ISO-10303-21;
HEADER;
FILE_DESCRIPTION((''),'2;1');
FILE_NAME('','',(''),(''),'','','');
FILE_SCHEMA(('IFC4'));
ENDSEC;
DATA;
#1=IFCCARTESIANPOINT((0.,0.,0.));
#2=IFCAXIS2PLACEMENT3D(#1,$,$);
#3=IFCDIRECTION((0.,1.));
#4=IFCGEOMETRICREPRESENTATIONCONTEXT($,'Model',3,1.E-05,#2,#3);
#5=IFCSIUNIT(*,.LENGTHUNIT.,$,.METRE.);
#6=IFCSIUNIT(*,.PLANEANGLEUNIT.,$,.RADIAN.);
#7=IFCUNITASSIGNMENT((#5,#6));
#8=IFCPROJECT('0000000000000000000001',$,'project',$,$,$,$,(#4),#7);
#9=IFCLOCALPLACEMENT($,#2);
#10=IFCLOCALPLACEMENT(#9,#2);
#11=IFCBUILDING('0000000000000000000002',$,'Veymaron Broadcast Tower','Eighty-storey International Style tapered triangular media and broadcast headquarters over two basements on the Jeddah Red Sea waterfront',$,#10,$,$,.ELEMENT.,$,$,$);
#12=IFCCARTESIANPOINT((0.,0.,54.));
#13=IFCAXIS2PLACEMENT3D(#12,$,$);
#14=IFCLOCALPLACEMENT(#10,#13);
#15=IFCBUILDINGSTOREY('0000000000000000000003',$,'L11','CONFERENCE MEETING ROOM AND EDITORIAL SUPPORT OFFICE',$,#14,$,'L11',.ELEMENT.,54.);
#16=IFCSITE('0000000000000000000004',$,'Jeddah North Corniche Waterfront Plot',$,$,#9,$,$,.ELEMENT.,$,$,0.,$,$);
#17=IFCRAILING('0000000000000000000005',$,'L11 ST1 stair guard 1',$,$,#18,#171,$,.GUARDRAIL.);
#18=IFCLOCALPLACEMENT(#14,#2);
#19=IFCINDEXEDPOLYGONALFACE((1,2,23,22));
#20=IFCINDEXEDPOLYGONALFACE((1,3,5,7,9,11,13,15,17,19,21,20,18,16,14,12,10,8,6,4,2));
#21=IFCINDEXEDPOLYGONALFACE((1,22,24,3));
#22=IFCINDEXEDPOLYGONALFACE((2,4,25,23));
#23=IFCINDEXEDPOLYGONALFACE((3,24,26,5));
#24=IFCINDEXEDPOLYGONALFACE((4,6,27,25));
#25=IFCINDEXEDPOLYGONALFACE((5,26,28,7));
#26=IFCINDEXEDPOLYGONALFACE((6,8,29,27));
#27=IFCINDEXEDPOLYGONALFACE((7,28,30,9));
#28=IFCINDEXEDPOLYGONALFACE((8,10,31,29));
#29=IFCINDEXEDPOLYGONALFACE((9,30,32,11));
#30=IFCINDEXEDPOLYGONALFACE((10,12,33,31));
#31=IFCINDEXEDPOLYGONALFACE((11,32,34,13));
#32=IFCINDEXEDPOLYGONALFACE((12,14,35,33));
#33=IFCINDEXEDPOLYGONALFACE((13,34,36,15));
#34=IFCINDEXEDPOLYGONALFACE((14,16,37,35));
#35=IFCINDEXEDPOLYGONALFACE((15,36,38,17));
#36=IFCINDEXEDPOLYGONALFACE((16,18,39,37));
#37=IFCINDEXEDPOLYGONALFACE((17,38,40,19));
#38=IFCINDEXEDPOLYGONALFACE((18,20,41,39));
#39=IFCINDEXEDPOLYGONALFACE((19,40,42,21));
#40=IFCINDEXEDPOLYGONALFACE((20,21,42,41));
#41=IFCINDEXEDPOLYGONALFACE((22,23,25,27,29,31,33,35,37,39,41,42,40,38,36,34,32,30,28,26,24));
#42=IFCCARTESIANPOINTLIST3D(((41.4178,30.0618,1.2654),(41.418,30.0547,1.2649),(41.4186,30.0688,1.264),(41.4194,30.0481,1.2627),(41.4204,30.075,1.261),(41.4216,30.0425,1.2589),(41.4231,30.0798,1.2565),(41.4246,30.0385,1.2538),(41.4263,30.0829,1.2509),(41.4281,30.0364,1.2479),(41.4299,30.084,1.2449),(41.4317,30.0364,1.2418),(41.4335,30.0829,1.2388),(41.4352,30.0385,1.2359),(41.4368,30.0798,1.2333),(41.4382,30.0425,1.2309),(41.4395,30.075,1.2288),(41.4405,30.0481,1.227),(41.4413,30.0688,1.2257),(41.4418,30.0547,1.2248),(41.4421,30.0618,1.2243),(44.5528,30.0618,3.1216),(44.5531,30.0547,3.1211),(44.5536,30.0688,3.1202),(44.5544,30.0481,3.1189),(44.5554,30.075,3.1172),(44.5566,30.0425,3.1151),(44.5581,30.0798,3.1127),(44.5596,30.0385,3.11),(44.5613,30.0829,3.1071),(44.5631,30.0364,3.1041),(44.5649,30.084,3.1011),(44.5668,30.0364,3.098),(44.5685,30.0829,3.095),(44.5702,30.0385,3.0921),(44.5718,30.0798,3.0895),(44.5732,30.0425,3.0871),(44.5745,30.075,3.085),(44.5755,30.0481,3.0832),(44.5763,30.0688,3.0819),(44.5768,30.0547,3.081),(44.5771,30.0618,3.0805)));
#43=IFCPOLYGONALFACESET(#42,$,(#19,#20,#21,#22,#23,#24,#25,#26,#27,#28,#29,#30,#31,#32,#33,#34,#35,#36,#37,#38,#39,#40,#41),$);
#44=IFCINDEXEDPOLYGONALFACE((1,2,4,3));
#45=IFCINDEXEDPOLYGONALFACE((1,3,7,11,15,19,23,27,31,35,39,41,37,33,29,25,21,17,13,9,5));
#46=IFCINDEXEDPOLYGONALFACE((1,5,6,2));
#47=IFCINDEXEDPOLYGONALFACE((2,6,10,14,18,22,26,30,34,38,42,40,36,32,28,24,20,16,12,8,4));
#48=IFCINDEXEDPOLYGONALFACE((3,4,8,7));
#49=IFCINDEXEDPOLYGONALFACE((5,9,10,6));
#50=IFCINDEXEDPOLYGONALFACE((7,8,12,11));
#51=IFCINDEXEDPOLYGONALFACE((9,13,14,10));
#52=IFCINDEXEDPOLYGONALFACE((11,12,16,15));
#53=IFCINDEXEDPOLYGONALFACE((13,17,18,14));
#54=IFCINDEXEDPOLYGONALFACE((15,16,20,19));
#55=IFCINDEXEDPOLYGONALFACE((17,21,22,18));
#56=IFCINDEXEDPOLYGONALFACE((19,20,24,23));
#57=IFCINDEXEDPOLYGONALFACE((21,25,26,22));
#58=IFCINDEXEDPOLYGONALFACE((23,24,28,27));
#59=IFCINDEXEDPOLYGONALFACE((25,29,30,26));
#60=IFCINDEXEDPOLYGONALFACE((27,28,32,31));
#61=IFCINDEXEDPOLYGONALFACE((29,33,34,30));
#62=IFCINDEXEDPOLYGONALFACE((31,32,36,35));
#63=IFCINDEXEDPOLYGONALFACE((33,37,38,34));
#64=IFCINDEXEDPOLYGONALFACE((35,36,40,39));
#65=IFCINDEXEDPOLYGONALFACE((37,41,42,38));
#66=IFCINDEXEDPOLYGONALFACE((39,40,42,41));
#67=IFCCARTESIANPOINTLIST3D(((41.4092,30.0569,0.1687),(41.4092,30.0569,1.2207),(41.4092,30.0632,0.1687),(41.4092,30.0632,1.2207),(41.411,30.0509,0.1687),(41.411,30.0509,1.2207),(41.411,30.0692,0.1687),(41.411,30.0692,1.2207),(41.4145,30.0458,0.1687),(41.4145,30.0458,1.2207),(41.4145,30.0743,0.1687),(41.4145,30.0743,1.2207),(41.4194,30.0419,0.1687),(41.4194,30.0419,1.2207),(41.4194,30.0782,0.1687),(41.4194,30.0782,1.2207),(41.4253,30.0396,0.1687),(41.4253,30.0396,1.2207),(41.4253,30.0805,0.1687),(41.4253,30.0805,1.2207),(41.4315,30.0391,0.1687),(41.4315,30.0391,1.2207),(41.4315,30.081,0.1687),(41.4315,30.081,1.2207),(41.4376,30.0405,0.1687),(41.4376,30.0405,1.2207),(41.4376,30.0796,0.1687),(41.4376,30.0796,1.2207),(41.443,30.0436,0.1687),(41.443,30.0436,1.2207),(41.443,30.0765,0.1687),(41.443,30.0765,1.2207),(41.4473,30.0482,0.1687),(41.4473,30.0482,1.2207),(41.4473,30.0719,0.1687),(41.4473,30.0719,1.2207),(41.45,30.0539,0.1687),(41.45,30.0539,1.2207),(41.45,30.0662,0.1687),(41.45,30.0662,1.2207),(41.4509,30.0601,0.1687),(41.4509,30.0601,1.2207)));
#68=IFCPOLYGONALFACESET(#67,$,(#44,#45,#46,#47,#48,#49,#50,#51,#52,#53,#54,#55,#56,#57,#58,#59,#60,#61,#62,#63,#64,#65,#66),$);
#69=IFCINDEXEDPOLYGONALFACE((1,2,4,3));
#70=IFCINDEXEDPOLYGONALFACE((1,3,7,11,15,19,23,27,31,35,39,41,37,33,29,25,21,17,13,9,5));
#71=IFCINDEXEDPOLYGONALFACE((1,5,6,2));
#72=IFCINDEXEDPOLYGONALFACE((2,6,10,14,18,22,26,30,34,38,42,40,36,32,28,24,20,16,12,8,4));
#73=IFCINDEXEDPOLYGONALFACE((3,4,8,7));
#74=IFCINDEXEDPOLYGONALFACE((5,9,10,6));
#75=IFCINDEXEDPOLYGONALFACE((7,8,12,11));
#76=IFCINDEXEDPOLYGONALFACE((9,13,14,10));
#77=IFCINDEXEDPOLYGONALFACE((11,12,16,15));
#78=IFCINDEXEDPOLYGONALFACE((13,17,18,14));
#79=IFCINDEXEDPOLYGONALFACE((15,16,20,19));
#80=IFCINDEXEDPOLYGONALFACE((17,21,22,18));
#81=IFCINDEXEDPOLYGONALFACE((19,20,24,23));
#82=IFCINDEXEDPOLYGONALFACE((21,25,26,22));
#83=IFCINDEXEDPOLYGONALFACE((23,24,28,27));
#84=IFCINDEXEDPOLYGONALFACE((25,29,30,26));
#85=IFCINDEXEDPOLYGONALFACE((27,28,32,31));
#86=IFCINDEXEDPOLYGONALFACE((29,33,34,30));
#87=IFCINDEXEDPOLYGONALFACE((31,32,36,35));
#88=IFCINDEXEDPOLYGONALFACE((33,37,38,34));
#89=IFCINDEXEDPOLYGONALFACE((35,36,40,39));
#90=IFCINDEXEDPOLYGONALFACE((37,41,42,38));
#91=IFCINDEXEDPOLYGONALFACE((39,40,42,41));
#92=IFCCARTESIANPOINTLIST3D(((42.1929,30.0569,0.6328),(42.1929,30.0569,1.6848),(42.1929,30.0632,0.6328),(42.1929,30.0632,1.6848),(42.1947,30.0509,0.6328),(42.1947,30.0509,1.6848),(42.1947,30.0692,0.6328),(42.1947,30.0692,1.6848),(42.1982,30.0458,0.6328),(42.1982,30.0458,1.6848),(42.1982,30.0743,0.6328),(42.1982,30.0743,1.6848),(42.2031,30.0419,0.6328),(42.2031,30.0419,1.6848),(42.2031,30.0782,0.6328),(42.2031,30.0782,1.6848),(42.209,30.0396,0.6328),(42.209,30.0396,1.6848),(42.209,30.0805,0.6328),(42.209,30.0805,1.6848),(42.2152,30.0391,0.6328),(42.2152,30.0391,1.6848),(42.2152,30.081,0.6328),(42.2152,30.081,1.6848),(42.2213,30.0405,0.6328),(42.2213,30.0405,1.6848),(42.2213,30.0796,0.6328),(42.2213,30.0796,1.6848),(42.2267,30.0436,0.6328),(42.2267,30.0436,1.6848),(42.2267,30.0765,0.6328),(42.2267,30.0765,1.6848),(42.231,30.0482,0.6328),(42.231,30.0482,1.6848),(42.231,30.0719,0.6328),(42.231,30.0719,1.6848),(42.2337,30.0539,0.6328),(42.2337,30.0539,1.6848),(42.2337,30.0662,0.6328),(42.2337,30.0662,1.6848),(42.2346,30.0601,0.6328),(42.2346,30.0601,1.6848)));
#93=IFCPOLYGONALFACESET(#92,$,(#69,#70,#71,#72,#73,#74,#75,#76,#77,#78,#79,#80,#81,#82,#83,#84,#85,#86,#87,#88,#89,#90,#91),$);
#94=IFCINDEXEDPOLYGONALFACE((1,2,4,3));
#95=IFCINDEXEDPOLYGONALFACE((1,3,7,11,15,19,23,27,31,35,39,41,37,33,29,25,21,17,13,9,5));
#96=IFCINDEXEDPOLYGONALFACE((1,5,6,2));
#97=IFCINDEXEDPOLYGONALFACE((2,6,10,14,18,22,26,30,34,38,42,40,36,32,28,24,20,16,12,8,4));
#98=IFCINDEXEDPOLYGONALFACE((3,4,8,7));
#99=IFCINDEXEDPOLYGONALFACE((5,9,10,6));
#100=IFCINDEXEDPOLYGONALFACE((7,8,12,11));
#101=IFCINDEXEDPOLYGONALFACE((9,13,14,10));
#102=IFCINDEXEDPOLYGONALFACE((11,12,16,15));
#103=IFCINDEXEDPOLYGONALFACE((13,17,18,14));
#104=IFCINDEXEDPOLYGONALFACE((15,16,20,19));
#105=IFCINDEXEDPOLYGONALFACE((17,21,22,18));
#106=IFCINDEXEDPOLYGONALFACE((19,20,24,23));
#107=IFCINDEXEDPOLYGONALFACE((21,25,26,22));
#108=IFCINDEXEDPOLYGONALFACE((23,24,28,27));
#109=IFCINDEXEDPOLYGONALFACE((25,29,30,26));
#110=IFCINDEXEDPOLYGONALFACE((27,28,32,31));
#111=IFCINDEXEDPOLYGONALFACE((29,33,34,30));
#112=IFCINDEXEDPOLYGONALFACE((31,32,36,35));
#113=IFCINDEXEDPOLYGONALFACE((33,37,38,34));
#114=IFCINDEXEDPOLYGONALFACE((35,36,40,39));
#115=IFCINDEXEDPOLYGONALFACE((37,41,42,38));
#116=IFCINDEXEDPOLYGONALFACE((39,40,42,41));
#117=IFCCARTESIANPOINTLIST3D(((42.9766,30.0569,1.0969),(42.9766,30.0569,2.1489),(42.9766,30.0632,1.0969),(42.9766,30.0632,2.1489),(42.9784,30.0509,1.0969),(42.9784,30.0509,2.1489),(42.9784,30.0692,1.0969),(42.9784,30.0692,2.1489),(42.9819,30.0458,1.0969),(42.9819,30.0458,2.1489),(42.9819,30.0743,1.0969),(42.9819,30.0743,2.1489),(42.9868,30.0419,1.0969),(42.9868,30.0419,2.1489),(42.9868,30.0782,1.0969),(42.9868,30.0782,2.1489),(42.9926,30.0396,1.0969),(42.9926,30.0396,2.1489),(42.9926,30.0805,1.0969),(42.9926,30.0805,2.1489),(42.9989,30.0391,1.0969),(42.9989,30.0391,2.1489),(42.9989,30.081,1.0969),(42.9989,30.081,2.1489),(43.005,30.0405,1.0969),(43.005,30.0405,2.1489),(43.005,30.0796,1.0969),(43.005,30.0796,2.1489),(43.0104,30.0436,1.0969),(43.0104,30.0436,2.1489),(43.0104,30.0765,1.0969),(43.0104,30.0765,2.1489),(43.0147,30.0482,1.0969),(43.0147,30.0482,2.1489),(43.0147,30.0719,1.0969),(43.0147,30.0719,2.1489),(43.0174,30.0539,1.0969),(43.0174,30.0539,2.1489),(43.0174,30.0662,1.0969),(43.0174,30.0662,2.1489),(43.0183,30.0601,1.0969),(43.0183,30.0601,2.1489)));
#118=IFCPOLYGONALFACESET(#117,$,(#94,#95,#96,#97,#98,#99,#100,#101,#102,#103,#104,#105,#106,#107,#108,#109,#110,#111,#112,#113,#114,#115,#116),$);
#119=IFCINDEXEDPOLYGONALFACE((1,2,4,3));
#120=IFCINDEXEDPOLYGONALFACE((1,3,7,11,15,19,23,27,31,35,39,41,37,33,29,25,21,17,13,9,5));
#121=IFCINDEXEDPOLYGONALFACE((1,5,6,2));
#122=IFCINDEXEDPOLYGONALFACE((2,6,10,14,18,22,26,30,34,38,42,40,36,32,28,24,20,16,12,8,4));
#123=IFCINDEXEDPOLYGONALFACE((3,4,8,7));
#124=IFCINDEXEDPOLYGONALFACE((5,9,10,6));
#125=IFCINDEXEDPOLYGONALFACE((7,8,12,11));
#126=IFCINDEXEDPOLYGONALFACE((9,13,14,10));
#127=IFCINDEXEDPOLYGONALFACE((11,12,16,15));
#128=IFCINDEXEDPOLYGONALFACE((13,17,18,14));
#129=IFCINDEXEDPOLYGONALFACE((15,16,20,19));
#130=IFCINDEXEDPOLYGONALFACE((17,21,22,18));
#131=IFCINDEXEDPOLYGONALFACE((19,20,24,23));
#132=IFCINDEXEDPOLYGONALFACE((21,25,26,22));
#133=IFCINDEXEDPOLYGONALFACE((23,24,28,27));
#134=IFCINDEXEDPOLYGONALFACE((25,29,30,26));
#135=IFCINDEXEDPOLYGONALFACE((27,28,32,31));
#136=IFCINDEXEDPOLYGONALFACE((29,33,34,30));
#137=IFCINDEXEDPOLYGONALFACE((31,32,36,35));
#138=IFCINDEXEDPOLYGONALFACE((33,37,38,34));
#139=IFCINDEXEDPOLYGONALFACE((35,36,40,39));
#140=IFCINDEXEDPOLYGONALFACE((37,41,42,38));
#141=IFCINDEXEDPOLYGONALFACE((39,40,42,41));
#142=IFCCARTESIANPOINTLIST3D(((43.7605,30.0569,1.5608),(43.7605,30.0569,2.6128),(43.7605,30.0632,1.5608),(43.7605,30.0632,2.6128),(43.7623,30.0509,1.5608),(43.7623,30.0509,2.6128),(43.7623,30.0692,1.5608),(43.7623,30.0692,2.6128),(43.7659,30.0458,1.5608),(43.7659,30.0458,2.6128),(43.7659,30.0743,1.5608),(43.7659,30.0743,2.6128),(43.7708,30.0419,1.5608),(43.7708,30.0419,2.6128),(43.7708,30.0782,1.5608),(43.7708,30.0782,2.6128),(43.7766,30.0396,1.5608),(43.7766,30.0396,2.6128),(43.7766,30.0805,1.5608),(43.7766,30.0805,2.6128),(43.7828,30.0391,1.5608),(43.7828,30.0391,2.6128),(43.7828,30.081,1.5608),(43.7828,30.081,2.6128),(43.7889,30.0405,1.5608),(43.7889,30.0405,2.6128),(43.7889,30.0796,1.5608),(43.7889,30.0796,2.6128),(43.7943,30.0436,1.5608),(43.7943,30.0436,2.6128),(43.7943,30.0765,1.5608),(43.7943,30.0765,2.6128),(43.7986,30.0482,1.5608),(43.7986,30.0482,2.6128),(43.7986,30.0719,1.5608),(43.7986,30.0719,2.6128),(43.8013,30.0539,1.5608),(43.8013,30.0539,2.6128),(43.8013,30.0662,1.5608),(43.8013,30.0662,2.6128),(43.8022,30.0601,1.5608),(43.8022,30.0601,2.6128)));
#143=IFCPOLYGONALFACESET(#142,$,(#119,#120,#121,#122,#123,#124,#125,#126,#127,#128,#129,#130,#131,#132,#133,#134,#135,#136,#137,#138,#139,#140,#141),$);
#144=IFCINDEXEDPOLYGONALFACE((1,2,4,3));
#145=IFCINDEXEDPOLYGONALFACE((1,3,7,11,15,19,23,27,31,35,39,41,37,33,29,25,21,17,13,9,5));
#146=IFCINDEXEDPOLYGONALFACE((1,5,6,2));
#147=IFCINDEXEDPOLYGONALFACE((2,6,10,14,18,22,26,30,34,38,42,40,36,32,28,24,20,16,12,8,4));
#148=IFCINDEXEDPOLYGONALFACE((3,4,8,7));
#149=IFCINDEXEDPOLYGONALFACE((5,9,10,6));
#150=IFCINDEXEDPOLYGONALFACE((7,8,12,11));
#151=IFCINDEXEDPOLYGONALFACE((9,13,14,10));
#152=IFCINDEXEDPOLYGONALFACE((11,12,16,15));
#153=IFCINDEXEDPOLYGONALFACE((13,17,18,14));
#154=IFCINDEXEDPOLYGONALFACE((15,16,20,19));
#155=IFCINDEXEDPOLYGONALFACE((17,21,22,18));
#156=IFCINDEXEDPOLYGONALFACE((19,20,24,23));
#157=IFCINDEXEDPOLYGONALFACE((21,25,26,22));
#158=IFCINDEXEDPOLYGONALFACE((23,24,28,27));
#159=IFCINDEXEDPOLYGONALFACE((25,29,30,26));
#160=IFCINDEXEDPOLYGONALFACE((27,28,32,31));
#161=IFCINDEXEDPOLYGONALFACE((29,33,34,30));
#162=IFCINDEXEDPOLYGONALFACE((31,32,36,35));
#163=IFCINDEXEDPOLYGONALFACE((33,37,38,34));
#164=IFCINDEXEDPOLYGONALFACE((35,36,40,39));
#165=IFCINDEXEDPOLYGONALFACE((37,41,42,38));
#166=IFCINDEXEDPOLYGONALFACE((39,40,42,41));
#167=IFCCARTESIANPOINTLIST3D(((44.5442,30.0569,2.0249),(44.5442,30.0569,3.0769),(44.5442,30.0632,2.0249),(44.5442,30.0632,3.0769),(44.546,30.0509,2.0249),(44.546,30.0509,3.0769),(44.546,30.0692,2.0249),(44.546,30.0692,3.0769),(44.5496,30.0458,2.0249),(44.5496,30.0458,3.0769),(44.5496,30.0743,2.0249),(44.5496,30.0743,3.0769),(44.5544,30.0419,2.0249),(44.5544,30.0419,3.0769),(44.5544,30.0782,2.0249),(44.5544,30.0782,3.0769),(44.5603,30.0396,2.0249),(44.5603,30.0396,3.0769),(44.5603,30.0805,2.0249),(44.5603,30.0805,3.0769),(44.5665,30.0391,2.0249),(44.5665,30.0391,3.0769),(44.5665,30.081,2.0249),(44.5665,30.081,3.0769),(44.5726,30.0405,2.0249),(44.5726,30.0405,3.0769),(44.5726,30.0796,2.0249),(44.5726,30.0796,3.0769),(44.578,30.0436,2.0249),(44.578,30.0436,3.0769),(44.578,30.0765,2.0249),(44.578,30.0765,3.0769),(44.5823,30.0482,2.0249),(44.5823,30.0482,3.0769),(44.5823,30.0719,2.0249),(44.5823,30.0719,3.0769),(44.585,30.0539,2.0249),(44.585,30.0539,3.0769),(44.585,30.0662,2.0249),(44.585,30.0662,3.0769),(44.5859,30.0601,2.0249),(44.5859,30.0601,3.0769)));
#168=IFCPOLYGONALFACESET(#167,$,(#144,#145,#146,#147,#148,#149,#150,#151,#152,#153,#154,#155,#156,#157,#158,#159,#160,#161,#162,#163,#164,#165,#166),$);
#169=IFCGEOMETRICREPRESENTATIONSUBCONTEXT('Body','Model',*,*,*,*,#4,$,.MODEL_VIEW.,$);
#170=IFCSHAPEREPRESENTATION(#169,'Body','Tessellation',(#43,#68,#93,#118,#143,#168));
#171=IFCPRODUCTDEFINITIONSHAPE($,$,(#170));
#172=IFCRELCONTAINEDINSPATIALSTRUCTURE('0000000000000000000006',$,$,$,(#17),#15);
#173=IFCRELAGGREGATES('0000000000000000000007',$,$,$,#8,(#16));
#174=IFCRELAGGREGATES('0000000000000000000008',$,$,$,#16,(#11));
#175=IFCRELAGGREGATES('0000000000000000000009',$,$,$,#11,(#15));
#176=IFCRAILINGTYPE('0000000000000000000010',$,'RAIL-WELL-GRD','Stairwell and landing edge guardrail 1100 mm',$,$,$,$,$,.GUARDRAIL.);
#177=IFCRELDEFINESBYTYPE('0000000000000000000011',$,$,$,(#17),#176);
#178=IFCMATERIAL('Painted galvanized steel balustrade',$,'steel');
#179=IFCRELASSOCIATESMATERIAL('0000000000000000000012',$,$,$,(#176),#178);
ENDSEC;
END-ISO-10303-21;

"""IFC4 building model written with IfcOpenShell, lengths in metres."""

from ifc_helpers import new_model, si_unit, direction, frame, origin, origin_2d, place, context, subcontext, project, spatial, circle, extrude, material, type_object, element, save


model = new_model("IFC4")

# Units and contexts
model_context = context("Model", 3, precision=1e-05, world=origin(), true_north=direction((0.0, 1.0)))
body_context = subcontext(model_context, "Body", "Model", "MODEL_VIEW")
ifc_project = project(units=[si_unit("LENGTHUNIT", "METRE"), si_unit("PLANEANGLEUNIT", "RADIAN")], contexts=[model_context])

# Site, building, storey
site_placement = place(None, origin())
site = spatial("IfcSite", under=ifc_project, at=site_placement, Name="Jeddah North Corniche Waterfront Plot", CompositionType="ELEMENT", RefElevation=0.0)
building_placement = place(site_placement, origin())
building = spatial("IfcBuilding", under=site, at=building_placement, Name="Veymaron Broadcast Tower", Description="Eighty-storey International Style tapered triangular media and broadcast headquarters over two basements on the Jeddah Red Sea waterfront", CompositionType="ELEMENT")
storey_placement = place(building_placement, frame((0.0, 0.0, 54.0)))
storey = spatial("IfcBuildingStorey", under=building, at=storey_placement, Name="L11", Description="CONFERENCE MEETING ROOM AND EDITORIAL SUPPORT OFFICE", LongName="L11", CompositionType="ELEMENT", Elevation=54.0)

# Railing
ifc_material_1 = material(Name="Painted galvanized steel balustrade", Category="steel")
railing_type_1 = type_object("IfcRailingType", Name="RAIL-WELL-GRD", Description="Stairwell and landing edge guardrail 1100 mm", PredefinedType="GUARDRAIL", material=ifc_material_1)
railing_1_placement = place(storey_placement, frame((41.4299, 30.0601, 0.1687)))
element("IfcRailing", 1, at=railing_1_placement, inside=storey, type_object=railing_type_1, Name="L11 ST1 stair guard 1", PredefinedType="GUARDRAIL", context=body_context, shape_type="SweptSolid", body=[
    extrude(circle(Radius=0.0239, at=origin_2d()), frame((0.0, 0.0, 1.0762), z_axis=(0.860482, 0.0, 0.509481), x_axis=(0.0, 1.0, 0.0)), (0.0, 0.0, 1.0), 3.6433),
    extrude(circle(Radius=0.021, at=origin_2d()), origin(), (0.0, 0.0, 1.0), 1.052),
    extrude(circle(Radius=0.021, at=origin_2d()), frame((0.7837, 0.0, 0.4641)), (0.0, 0.0, 1.0), 1.052),
    extrude(circle(Radius=0.021, at=origin_2d()), frame((1.5674, 0.0, 0.9282)), (0.0, 0.0, 1.0), 1.052),
    extrude(circle(Radius=0.021, at=origin_2d()), frame((2.3513, 0.0, 1.3921)), (0.0, 0.0, 1.0), 1.052),
    extrude(circle(Radius=0.021, at=origin_2d()), frame((3.135, 0.0, 1.8562)), (0.0, 0.0, 1.0), 1.052),
])

save(model, "model.ifc")
